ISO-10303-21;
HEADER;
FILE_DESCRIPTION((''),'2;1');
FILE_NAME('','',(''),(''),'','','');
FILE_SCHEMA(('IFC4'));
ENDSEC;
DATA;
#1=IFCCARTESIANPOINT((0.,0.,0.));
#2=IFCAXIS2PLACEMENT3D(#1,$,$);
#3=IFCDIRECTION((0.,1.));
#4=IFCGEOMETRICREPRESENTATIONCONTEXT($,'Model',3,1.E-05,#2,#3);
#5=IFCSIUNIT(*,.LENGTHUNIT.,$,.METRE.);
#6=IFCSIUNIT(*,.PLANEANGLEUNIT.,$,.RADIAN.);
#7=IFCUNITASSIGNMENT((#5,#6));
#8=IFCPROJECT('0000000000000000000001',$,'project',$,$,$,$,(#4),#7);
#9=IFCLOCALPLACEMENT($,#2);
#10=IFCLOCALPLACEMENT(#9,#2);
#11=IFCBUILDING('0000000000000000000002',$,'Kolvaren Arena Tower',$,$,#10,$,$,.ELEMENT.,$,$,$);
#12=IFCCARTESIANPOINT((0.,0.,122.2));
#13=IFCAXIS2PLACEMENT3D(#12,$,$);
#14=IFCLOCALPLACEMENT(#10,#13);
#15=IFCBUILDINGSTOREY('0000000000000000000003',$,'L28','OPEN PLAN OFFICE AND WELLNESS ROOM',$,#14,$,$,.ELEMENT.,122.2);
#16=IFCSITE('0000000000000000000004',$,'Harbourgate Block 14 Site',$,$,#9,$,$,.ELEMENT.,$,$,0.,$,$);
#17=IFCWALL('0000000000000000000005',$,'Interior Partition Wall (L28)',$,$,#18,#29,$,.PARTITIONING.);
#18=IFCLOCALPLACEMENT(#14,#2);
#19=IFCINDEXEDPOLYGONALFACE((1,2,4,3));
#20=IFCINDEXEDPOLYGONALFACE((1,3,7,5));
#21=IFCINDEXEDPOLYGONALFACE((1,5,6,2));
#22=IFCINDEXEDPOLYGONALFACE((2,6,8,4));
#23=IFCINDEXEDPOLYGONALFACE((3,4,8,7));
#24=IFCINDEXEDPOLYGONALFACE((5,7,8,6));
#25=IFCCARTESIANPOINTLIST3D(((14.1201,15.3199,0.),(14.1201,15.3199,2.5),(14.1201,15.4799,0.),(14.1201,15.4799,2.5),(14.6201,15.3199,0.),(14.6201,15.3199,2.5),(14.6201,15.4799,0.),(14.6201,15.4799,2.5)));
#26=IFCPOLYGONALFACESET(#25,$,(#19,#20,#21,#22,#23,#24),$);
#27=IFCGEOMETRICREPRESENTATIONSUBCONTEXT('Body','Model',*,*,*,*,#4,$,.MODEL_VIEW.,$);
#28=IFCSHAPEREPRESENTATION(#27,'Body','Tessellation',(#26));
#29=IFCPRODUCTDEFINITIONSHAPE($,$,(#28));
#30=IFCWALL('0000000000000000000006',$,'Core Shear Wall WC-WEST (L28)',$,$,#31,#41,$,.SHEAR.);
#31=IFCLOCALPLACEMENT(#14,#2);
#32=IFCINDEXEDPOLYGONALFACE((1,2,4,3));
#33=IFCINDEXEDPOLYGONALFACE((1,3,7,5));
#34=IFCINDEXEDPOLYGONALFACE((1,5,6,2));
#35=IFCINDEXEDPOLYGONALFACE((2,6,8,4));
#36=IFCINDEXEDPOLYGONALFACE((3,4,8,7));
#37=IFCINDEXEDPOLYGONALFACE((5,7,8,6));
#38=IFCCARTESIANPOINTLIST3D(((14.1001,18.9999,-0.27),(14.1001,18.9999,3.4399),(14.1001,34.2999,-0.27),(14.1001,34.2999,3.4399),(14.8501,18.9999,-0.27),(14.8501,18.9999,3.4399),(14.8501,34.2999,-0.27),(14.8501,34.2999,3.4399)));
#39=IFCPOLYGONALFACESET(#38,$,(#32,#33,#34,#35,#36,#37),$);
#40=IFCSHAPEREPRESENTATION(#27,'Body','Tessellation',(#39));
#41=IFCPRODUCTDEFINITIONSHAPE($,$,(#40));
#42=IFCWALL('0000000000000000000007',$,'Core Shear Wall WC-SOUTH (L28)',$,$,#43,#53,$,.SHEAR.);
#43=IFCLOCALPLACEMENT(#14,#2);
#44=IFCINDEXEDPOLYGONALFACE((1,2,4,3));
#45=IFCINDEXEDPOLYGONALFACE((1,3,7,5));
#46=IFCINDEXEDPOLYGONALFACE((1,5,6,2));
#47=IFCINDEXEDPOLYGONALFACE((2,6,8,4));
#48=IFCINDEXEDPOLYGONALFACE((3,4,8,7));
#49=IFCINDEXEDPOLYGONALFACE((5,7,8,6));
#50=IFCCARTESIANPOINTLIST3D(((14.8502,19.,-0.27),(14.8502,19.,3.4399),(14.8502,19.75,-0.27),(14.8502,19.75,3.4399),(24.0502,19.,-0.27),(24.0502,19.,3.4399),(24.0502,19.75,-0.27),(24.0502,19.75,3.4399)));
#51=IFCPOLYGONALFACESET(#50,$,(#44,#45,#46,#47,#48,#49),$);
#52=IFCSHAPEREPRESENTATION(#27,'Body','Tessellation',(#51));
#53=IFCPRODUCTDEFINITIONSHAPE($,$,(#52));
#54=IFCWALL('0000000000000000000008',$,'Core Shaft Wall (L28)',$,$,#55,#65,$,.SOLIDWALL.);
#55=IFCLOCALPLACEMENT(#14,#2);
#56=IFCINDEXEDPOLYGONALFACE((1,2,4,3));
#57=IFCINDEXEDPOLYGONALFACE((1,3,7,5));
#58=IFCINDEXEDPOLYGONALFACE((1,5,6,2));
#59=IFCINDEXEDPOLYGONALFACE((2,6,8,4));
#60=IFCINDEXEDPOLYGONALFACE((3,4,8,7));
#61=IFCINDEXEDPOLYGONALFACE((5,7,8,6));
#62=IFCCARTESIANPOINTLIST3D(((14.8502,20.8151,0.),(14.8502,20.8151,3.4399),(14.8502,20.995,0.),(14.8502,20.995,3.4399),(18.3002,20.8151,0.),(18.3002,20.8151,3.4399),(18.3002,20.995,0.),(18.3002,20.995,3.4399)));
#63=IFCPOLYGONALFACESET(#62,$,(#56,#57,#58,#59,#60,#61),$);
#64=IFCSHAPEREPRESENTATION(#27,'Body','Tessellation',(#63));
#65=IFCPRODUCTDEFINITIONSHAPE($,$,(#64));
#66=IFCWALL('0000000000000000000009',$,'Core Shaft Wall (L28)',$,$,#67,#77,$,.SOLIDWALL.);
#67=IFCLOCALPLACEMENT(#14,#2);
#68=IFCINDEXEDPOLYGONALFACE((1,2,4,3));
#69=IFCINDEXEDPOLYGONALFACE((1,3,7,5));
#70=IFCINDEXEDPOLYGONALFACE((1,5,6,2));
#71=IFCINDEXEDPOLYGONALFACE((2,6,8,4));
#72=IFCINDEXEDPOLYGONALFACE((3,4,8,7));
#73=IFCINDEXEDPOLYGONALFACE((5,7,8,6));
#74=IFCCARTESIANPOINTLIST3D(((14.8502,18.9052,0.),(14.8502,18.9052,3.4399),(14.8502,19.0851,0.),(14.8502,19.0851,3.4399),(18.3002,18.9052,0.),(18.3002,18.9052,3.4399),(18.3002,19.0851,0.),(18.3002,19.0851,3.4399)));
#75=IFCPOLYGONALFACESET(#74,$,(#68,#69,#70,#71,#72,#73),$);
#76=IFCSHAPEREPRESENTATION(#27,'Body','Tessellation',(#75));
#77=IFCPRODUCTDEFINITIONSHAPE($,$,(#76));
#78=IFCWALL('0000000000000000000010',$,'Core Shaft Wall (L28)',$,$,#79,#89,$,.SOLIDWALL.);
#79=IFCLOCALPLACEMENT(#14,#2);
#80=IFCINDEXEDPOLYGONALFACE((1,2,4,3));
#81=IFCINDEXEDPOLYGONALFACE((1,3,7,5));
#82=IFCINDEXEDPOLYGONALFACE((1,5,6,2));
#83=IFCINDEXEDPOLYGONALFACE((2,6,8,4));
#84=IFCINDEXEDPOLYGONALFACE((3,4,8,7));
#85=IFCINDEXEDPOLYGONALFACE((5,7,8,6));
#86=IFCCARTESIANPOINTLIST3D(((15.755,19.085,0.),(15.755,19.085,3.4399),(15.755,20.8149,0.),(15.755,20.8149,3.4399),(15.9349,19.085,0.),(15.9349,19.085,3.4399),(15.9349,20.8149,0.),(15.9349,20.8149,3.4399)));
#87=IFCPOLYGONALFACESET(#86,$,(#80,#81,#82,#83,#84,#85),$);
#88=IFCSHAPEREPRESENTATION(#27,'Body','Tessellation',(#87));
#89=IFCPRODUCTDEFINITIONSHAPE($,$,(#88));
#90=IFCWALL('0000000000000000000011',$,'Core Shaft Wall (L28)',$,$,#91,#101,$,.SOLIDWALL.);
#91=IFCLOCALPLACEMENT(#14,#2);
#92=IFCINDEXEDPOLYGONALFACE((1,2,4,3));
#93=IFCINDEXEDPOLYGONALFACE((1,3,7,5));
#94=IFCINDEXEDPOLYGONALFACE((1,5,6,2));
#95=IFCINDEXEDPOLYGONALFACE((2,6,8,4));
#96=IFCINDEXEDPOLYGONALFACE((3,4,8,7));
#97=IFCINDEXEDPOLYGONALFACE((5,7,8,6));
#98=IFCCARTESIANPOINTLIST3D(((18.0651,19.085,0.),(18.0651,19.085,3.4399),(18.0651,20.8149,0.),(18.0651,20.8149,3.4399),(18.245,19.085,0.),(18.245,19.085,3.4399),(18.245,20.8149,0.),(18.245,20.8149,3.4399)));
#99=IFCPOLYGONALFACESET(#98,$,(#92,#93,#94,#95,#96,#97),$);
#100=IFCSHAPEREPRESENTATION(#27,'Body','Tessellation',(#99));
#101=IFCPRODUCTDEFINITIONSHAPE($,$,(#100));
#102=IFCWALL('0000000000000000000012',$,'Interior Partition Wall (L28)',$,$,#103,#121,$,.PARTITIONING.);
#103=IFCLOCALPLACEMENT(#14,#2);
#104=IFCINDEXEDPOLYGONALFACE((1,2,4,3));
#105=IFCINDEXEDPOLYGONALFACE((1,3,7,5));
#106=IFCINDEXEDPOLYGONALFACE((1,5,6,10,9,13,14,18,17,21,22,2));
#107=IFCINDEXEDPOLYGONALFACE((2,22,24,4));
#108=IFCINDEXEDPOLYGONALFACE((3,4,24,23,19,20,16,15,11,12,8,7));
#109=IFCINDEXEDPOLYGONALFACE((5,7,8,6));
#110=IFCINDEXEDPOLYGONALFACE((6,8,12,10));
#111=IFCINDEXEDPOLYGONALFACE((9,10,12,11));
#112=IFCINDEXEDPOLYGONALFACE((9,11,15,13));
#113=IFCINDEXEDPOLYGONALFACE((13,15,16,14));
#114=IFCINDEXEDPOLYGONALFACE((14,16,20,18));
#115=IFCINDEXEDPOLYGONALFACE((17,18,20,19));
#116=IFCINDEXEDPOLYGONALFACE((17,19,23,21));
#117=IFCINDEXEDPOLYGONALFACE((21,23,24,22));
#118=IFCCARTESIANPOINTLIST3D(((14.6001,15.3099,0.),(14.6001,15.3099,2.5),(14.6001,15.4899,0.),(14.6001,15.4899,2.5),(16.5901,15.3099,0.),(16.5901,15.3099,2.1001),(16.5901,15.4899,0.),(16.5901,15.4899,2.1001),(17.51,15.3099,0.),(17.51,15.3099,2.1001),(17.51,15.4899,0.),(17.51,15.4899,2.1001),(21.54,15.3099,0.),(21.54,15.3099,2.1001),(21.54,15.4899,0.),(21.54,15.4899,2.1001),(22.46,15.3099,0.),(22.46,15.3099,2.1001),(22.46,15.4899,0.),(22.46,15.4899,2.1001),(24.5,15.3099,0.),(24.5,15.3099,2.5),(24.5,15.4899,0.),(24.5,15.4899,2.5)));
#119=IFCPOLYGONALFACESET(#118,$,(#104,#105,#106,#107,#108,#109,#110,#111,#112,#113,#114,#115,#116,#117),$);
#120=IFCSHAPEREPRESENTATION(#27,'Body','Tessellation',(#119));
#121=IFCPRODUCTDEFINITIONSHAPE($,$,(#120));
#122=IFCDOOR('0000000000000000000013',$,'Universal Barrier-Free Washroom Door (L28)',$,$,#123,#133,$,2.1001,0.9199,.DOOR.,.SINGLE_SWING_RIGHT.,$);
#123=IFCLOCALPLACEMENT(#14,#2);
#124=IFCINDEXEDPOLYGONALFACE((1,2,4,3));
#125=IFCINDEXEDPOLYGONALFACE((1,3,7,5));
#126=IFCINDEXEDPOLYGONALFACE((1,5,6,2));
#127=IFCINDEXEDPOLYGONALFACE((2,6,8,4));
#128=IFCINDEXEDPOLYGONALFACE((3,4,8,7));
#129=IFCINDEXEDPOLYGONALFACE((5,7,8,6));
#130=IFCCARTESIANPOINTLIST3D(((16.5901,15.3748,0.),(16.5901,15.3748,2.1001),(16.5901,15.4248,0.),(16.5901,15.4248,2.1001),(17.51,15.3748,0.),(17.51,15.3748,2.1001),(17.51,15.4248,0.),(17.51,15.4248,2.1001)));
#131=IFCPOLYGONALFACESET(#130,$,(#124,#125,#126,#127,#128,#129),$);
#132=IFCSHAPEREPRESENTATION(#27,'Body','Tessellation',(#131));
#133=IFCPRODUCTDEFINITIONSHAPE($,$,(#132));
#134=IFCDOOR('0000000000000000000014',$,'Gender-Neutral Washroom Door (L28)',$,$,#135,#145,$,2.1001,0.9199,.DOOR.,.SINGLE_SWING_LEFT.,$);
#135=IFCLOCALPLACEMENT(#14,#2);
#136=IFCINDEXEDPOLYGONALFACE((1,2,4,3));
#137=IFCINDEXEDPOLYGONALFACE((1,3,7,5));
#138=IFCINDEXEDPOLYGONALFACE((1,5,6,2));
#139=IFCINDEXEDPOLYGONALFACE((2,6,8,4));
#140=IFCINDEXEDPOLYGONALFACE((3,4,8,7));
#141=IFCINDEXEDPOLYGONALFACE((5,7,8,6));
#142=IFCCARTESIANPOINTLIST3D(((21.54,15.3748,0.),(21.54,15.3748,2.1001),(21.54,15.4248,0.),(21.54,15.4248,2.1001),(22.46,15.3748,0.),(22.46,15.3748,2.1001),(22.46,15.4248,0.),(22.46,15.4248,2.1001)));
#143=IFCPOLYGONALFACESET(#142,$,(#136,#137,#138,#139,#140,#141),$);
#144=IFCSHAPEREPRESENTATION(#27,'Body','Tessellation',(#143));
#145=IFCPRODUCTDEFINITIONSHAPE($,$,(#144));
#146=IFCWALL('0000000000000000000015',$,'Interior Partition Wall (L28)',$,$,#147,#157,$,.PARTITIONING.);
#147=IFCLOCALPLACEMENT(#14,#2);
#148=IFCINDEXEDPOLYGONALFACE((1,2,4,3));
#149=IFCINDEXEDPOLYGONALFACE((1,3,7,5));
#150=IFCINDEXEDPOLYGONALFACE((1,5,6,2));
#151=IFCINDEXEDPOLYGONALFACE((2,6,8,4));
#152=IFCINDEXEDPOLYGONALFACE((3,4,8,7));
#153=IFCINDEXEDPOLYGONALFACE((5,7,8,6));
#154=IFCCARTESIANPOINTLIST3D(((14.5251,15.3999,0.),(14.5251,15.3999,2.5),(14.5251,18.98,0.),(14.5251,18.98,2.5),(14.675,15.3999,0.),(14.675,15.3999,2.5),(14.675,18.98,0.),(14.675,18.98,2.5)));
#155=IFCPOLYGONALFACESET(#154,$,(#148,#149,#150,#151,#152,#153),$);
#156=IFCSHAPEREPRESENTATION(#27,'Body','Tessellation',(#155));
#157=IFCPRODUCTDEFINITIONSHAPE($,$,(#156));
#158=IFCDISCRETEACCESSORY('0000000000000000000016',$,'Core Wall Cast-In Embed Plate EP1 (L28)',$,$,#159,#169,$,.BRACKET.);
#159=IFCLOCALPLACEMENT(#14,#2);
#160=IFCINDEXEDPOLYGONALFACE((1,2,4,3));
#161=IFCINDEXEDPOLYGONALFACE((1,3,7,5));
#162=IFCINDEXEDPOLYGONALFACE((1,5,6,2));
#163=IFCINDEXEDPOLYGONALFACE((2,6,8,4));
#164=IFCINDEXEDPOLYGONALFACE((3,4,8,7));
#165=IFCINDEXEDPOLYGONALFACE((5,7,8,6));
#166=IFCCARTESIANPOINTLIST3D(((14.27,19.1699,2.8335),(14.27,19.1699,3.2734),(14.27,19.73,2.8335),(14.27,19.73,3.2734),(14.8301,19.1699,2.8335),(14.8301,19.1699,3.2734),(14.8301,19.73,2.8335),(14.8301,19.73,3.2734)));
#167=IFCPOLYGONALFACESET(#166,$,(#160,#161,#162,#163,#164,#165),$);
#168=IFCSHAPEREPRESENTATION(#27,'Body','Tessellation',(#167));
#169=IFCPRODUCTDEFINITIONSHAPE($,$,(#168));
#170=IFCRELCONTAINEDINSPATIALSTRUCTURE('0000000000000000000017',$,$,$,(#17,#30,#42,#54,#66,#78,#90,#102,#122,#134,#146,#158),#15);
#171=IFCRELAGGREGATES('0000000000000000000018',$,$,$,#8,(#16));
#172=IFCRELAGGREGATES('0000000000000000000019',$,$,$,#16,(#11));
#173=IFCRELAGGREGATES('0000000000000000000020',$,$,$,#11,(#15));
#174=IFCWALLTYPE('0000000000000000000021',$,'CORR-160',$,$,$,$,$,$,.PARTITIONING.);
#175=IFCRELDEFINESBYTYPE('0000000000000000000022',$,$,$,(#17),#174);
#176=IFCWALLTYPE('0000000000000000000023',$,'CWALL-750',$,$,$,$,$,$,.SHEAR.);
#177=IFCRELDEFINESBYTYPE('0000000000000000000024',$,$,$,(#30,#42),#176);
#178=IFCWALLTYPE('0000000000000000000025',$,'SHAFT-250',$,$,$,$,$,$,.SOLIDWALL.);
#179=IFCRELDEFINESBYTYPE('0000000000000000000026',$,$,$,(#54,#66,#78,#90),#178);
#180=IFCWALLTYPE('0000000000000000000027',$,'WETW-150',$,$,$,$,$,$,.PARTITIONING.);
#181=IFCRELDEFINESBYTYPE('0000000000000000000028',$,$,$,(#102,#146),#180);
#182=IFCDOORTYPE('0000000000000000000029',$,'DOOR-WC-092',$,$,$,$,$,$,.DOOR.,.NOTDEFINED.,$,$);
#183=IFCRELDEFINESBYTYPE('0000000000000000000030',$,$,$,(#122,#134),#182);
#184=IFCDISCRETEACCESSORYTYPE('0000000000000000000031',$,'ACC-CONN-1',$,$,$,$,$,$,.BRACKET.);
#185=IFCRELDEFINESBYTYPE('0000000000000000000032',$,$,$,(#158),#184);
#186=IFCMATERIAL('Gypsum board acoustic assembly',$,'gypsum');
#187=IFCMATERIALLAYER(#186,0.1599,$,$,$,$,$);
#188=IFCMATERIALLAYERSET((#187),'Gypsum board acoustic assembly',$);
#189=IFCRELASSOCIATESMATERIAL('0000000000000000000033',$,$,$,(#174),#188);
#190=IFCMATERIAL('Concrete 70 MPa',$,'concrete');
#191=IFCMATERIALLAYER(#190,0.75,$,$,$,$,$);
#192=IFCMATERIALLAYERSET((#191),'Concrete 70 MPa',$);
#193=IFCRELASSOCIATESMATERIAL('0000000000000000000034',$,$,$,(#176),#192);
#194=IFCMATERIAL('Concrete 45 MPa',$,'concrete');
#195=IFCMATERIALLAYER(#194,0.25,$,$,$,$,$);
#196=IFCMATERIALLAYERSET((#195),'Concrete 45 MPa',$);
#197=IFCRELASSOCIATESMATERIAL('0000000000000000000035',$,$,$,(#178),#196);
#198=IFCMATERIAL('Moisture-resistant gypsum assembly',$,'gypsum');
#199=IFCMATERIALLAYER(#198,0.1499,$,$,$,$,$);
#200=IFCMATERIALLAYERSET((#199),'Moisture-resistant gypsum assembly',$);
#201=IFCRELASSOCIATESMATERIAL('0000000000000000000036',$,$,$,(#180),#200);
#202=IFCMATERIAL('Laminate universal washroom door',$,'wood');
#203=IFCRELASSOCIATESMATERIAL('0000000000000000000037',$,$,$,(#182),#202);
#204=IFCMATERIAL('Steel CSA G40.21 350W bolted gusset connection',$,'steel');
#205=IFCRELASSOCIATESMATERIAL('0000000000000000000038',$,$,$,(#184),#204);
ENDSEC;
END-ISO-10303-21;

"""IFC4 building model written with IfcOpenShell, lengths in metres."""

from ifc_helpers import new_model, si_unit, direction, frame, frame_2d, origin, origin_2d, place, context, subcontext, project, spatial, rectangle, extrude, material, layer, layer_set, type_object, element, fill, save


model = new_model("IFC4")

# Units and contexts
model_context = context("Model", 3, precision=1e-05, world=origin(), true_north=direction((0.0, 1.0)))
body_context = subcontext(model_context, "Body", "Model", "MODEL_VIEW")
ifc_project = project(units=[si_unit("LENGTHUNIT", "METRE"), si_unit("PLANEANGLEUNIT", "RADIAN")], contexts=[model_context])

# Site, building, storey
site_placement = place(None, origin())
site = spatial("IfcSite", under=ifc_project, at=site_placement, Name="Harbourgate Block 14 Site", CompositionType="ELEMENT", RefElevation=0.0)
building_placement = place(site_placement, origin())
building = spatial("IfcBuilding", under=site, at=building_placement, Name="Kolvaren Arena Tower", CompositionType="ELEMENT")
storey_placement = place(building_placement, frame((0.0, 0.0, 122.2)))
storey = spatial("IfcBuildingStorey", under=building, at=storey_placement, Name="L28", Description="OPEN PLAN OFFICE AND WELLNESS ROOM", CompositionType="ELEMENT", Elevation=122.2)

# Shared definitions
ifc_material_1 = material(Name="Gypsum board acoustic assembly", Category="gypsum")
ifc_layer_1 = layer(ifc_material_1, 0.1599)
ifc_layer_set_1 = layer_set([ifc_layer_1], Name="Gypsum board acoustic assembly")
wall_type_1 = type_object("IfcWallType", Name="CORR-160", PredefinedType="PARTITIONING", material=ifc_layer_set_1)

# Walls
wall_1_placement = place(storey_placement, frame((14.1201, 15.3999, 0.0), z_axis=(0.0, 0.0, 1.0), x_axis=(1.0, 0.0, 0.0)))
element("IfcWall", 1, at=wall_1_placement, inside=storey, type_object=wall_type_1, Name="Interior Partition Wall (L28)", PredefinedType="PARTITIONING", context=body_context, shape_type="SweptSolid", body=[
    extrude(rectangle(XDim=0.5, YDim=0.1599, at=frame_2d((0.25, 0.0))), origin(), (0.0, 0.0, 1.0), 2.5),
])
ifc_material_2 = material(Name="Concrete 70 MPa", Category="concrete")
ifc_layer_2 = layer(ifc_material_2, 0.75)
ifc_layer_set_2 = layer_set([ifc_layer_2], Name="Concrete 70 MPa")
wall_type_2 = type_object("IfcWallType", Name="CWALL-750", PredefinedType="SHEAR", material=ifc_layer_set_2)
wall_2_placement = place(storey_placement, frame((14.4751, 19.0, -0.27), z_axis=(0.0, 0.0, 1.0), x_axis=(0.0, 1.0, 0.0)))
element("IfcWall", 2, at=wall_2_placement, inside=storey, type_object=wall_type_2, Name="Core Shear Wall WC-WEST (L28)", PredefinedType="SHEAR", context=body_context, shape_type="SweptSolid", body=[
    extrude(rectangle(XDim=15.3, YDim=0.75, at=frame_2d((7.6499, 0.0))), origin(), (0.0, 0.0, 1.0), 3.71),
])
wall_3_placement = place(storey_placement, frame((14.8501, 19.375, -0.27), z_axis=(0.0, 0.0, 1.0), x_axis=(1.0, 0.0, 0.0)))
element("IfcWall", 3, at=wall_3_placement, inside=storey, type_object=wall_type_2, Name="Core Shear Wall WC-SOUTH (L28)", PredefinedType="SHEAR", context=body_context, shape_type="SweptSolid", body=[
    extrude(rectangle(XDim=9.2, YDim=0.75, at=frame_2d((4.6001, 0.0))), origin(), (0.0, 0.0, 1.0), 3.71),
])
ifc_material_3 = material(Name="Concrete 45 MPa", Category="concrete")
ifc_layer_3 = layer(ifc_material_3, 0.25)
ifc_layer_set_3 = layer_set([ifc_layer_3], Name="Concrete 45 MPa")
wall_type_3 = type_object("IfcWallType", Name="SHAFT-250", PredefinedType="SOLIDWALL", material=ifc_layer_set_3)
for number, where, z_axis, x_axis, name in (
    (4, (14.8501, 20.905, 0.0), (0.0, 0.0, 1.0), (1.0, 0.0, 0.0), "Core Shaft Wall (L28)"),
    (5, (14.8501, 18.9951, 0.0), (0.0, 0.0, 1.0), (1.0, 0.0, 0.0), "Core Shaft Wall (L28)"),
):
    element("IfcWall", number, at=place(storey_placement, frame(where, z_axis=z_axis, x_axis=x_axis)), inside=storey, type_object=wall_type_3, Name=name, PredefinedType="SOLIDWALL", context=body_context, shape_type="SweptSolid", body=[
        extrude(rectangle(XDim=3.45, YDim=0.1799, at=frame_2d((1.7251, 0.0))), origin(), (0.0, 0.0, 1.0), 3.4399),
    ])
for number, where, z_axis, x_axis, name in (
    (6, (15.845, 19.085, 0.0), (0.0, 0.0, 1.0), (0.0, 1.0, 0.0), "Core Shaft Wall (L28)"),
    (7, (18.155, 19.085, 0.0), (0.0, 0.0, 1.0), (0.0, 1.0, 0.0), "Core Shaft Wall (L28)"),
):
    element("IfcWall", number, at=place(storey_placement, frame(where, z_axis=z_axis, x_axis=x_axis)), inside=storey, type_object=wall_type_3, Name=name, PredefinedType="SOLIDWALL", context=body_context, shape_type="SweptSolid", body=[
        extrude(rectangle(XDim=1.73, YDim=0.1799, at=frame_2d((0.865, 0.0))), origin(), (0.0, 0.0, 1.0), 3.4399),
    ])

# Wall, openings, doors
ifc_material_4 = material(Name="Moisture-resistant gypsum assembly", Category="gypsum")
ifc_layer_4 = layer(ifc_material_4, 0.1499)
ifc_layer_set_4 = layer_set([ifc_layer_4], Name="Moisture-resistant gypsum assembly")
wall_type_4 = type_object("IfcWallType", Name="WETW-150", PredefinedType="PARTITIONING", material=ifc_layer_set_4)
wall_4_placement = place(storey_placement, frame((14.6001, 15.3999, 0.0), z_axis=(0.0, 0.0, 1.0), x_axis=(1.0, 0.0, 0.0)))
wall_4 = element("IfcWall", 8, at=wall_4_placement, inside=storey, type_object=wall_type_4, Name="Interior Partition Wall (L28)", PredefinedType="PARTITIONING", context=body_context, shape_type="SweptSolid", body=[
    extrude(rectangle(XDim=9.8999, YDim=0.1799, at=frame_2d((4.95, 0.0))), origin(), (0.0, 0.0, 1.0), 2.5),
])
opening_1_placement = place(wall_4_placement, frame((1.99, 0.0, 0.0)))
opening_1 = element("IfcOpeningElement", 9, at=opening_1_placement, cuts=wall_4, PredefinedType="OPENING", context=body_context, shape_type="SweptSolid", body=[
    extrude(rectangle(XDim=0.9199, YDim=2.1001, at=frame_2d((0.46, 1.05))), frame((0.0, 0.0999, 0.0), z_axis=(0.0, -1.0, 0.0), x_axis=(1.0, 0.0, 0.0)), (0.0, 0.0, 1.0), 0.2),
])
opening_2_placement = place(wall_4_placement, frame((6.9399, 0.0, 0.0)))
opening_2 = element("IfcOpeningElement", 10, at=opening_2_placement, cuts=wall_4, PredefinedType="OPENING", context=body_context, shape_type="SweptSolid", body=[
    extrude(rectangle(XDim=0.9199, YDim=2.1001, at=frame_2d((0.46, 1.05))), frame((0.0, 0.0999, 0.0), z_axis=(0.0, -1.0, 0.0), x_axis=(1.0, 0.0, 0.0)), (0.0, 0.0, 1.0), 0.2),
])
ifc_material_5 = material(Name="Laminate universal washroom door", Category="wood")
door_type_1 = type_object("IfcDoorType", Name="DOOR-WC-092", OperationType="NOTDEFINED", PredefinedType="DOOR", material=ifc_material_5)
door_1_placement = place(opening_1_placement, origin())
door_1 = element("IfcDoor", 11, at=door_1_placement, inside=storey, type_object=door_type_1, Name="Universal Barrier-Free Washroom Door (L28)", OperationType="SINGLE_SWING_RIGHT", OverallHeight=2.1001, OverallWidth=0.9199, PredefinedType="DOOR", context=body_context, shape_type="SweptSolid", body=[
    extrude(rectangle(XDim=0.9199, YDim=2.1001, at=frame_2d((0.46, 1.05))), frame((0.0, 0.0249, 0.0), z_axis=(0.0, -1.0, 0.0), x_axis=(1.0, 0.0, 0.0)), (0.0, 0.0, 1.0), 0.05),
])
fill(opening_1, door_1)
door_2_placement = place(opening_2_placement, origin())
door_2 = element("IfcDoor", 12, at=door_2_placement, inside=storey, type_object=door_type_1, Name="Gender-Neutral Washroom Door (L28)", OperationType="SINGLE_SWING_LEFT", OverallHeight=2.1001, OverallWidth=0.9199, PredefinedType="DOOR", context=body_context, shape_type="SweptSolid", body=[
    extrude(rectangle(XDim=0.9199, YDim=2.1001, at=frame_2d((0.46, 1.05))), frame((0.0, 0.0249, 0.0), z_axis=(0.0, -1.0, 0.0), x_axis=(1.0, 0.0, 0.0)), (0.0, 0.0, 1.0), 0.05),
])
fill(opening_2, door_2)

# Wall
wall_5_placement = place(storey_placement, frame((14.6001, 15.3999, 0.0), z_axis=(0.0, 0.0, 1.0), x_axis=(0.0, 1.0, 0.0)))
element("IfcWall", 13, at=wall_5_placement, inside=storey, type_object=wall_type_4, Name="Interior Partition Wall (L28)", PredefinedType="PARTITIONING", context=body_context, shape_type="SweptSolid", body=[
    extrude(rectangle(XDim=3.5801, YDim=0.1499, at=frame_2d((1.79, 0.0))), origin(), (0.0, 0.0, 1.0), 2.5),
])

# Discrete accessory
ifc_material_6 = material(Name="Steel CSA G40.21 350W bolted gusset connection", Category="steel")
discrete_accessory_type = type_object("IfcDiscreteAccessoryType", Name="ACC-CONN-1", PredefinedType="BRACKET", material=ifc_material_6)
discrete_accessory_placement = place(storey_placement, frame((14.55, 19.45, 2.8335), z_axis=(0.0, 0.0, 1.0), x_axis=(1.0, 0.0, 0.0)))
element("IfcDiscreteAccessory", 14, at=discrete_accessory_placement, inside=storey, type_object=discrete_accessory_type, Name="Core Wall Cast-In Embed Plate EP1 (L28)", PredefinedType="BRACKET", context=body_context, shape_type="SweptSolid", body=[
    extrude(rectangle(XDim=0.5601, YDim=0.5601, at=origin_2d()), origin(), (0.0, 0.0, 1.0), 0.4399),
])

save(model, "model.ifc")
